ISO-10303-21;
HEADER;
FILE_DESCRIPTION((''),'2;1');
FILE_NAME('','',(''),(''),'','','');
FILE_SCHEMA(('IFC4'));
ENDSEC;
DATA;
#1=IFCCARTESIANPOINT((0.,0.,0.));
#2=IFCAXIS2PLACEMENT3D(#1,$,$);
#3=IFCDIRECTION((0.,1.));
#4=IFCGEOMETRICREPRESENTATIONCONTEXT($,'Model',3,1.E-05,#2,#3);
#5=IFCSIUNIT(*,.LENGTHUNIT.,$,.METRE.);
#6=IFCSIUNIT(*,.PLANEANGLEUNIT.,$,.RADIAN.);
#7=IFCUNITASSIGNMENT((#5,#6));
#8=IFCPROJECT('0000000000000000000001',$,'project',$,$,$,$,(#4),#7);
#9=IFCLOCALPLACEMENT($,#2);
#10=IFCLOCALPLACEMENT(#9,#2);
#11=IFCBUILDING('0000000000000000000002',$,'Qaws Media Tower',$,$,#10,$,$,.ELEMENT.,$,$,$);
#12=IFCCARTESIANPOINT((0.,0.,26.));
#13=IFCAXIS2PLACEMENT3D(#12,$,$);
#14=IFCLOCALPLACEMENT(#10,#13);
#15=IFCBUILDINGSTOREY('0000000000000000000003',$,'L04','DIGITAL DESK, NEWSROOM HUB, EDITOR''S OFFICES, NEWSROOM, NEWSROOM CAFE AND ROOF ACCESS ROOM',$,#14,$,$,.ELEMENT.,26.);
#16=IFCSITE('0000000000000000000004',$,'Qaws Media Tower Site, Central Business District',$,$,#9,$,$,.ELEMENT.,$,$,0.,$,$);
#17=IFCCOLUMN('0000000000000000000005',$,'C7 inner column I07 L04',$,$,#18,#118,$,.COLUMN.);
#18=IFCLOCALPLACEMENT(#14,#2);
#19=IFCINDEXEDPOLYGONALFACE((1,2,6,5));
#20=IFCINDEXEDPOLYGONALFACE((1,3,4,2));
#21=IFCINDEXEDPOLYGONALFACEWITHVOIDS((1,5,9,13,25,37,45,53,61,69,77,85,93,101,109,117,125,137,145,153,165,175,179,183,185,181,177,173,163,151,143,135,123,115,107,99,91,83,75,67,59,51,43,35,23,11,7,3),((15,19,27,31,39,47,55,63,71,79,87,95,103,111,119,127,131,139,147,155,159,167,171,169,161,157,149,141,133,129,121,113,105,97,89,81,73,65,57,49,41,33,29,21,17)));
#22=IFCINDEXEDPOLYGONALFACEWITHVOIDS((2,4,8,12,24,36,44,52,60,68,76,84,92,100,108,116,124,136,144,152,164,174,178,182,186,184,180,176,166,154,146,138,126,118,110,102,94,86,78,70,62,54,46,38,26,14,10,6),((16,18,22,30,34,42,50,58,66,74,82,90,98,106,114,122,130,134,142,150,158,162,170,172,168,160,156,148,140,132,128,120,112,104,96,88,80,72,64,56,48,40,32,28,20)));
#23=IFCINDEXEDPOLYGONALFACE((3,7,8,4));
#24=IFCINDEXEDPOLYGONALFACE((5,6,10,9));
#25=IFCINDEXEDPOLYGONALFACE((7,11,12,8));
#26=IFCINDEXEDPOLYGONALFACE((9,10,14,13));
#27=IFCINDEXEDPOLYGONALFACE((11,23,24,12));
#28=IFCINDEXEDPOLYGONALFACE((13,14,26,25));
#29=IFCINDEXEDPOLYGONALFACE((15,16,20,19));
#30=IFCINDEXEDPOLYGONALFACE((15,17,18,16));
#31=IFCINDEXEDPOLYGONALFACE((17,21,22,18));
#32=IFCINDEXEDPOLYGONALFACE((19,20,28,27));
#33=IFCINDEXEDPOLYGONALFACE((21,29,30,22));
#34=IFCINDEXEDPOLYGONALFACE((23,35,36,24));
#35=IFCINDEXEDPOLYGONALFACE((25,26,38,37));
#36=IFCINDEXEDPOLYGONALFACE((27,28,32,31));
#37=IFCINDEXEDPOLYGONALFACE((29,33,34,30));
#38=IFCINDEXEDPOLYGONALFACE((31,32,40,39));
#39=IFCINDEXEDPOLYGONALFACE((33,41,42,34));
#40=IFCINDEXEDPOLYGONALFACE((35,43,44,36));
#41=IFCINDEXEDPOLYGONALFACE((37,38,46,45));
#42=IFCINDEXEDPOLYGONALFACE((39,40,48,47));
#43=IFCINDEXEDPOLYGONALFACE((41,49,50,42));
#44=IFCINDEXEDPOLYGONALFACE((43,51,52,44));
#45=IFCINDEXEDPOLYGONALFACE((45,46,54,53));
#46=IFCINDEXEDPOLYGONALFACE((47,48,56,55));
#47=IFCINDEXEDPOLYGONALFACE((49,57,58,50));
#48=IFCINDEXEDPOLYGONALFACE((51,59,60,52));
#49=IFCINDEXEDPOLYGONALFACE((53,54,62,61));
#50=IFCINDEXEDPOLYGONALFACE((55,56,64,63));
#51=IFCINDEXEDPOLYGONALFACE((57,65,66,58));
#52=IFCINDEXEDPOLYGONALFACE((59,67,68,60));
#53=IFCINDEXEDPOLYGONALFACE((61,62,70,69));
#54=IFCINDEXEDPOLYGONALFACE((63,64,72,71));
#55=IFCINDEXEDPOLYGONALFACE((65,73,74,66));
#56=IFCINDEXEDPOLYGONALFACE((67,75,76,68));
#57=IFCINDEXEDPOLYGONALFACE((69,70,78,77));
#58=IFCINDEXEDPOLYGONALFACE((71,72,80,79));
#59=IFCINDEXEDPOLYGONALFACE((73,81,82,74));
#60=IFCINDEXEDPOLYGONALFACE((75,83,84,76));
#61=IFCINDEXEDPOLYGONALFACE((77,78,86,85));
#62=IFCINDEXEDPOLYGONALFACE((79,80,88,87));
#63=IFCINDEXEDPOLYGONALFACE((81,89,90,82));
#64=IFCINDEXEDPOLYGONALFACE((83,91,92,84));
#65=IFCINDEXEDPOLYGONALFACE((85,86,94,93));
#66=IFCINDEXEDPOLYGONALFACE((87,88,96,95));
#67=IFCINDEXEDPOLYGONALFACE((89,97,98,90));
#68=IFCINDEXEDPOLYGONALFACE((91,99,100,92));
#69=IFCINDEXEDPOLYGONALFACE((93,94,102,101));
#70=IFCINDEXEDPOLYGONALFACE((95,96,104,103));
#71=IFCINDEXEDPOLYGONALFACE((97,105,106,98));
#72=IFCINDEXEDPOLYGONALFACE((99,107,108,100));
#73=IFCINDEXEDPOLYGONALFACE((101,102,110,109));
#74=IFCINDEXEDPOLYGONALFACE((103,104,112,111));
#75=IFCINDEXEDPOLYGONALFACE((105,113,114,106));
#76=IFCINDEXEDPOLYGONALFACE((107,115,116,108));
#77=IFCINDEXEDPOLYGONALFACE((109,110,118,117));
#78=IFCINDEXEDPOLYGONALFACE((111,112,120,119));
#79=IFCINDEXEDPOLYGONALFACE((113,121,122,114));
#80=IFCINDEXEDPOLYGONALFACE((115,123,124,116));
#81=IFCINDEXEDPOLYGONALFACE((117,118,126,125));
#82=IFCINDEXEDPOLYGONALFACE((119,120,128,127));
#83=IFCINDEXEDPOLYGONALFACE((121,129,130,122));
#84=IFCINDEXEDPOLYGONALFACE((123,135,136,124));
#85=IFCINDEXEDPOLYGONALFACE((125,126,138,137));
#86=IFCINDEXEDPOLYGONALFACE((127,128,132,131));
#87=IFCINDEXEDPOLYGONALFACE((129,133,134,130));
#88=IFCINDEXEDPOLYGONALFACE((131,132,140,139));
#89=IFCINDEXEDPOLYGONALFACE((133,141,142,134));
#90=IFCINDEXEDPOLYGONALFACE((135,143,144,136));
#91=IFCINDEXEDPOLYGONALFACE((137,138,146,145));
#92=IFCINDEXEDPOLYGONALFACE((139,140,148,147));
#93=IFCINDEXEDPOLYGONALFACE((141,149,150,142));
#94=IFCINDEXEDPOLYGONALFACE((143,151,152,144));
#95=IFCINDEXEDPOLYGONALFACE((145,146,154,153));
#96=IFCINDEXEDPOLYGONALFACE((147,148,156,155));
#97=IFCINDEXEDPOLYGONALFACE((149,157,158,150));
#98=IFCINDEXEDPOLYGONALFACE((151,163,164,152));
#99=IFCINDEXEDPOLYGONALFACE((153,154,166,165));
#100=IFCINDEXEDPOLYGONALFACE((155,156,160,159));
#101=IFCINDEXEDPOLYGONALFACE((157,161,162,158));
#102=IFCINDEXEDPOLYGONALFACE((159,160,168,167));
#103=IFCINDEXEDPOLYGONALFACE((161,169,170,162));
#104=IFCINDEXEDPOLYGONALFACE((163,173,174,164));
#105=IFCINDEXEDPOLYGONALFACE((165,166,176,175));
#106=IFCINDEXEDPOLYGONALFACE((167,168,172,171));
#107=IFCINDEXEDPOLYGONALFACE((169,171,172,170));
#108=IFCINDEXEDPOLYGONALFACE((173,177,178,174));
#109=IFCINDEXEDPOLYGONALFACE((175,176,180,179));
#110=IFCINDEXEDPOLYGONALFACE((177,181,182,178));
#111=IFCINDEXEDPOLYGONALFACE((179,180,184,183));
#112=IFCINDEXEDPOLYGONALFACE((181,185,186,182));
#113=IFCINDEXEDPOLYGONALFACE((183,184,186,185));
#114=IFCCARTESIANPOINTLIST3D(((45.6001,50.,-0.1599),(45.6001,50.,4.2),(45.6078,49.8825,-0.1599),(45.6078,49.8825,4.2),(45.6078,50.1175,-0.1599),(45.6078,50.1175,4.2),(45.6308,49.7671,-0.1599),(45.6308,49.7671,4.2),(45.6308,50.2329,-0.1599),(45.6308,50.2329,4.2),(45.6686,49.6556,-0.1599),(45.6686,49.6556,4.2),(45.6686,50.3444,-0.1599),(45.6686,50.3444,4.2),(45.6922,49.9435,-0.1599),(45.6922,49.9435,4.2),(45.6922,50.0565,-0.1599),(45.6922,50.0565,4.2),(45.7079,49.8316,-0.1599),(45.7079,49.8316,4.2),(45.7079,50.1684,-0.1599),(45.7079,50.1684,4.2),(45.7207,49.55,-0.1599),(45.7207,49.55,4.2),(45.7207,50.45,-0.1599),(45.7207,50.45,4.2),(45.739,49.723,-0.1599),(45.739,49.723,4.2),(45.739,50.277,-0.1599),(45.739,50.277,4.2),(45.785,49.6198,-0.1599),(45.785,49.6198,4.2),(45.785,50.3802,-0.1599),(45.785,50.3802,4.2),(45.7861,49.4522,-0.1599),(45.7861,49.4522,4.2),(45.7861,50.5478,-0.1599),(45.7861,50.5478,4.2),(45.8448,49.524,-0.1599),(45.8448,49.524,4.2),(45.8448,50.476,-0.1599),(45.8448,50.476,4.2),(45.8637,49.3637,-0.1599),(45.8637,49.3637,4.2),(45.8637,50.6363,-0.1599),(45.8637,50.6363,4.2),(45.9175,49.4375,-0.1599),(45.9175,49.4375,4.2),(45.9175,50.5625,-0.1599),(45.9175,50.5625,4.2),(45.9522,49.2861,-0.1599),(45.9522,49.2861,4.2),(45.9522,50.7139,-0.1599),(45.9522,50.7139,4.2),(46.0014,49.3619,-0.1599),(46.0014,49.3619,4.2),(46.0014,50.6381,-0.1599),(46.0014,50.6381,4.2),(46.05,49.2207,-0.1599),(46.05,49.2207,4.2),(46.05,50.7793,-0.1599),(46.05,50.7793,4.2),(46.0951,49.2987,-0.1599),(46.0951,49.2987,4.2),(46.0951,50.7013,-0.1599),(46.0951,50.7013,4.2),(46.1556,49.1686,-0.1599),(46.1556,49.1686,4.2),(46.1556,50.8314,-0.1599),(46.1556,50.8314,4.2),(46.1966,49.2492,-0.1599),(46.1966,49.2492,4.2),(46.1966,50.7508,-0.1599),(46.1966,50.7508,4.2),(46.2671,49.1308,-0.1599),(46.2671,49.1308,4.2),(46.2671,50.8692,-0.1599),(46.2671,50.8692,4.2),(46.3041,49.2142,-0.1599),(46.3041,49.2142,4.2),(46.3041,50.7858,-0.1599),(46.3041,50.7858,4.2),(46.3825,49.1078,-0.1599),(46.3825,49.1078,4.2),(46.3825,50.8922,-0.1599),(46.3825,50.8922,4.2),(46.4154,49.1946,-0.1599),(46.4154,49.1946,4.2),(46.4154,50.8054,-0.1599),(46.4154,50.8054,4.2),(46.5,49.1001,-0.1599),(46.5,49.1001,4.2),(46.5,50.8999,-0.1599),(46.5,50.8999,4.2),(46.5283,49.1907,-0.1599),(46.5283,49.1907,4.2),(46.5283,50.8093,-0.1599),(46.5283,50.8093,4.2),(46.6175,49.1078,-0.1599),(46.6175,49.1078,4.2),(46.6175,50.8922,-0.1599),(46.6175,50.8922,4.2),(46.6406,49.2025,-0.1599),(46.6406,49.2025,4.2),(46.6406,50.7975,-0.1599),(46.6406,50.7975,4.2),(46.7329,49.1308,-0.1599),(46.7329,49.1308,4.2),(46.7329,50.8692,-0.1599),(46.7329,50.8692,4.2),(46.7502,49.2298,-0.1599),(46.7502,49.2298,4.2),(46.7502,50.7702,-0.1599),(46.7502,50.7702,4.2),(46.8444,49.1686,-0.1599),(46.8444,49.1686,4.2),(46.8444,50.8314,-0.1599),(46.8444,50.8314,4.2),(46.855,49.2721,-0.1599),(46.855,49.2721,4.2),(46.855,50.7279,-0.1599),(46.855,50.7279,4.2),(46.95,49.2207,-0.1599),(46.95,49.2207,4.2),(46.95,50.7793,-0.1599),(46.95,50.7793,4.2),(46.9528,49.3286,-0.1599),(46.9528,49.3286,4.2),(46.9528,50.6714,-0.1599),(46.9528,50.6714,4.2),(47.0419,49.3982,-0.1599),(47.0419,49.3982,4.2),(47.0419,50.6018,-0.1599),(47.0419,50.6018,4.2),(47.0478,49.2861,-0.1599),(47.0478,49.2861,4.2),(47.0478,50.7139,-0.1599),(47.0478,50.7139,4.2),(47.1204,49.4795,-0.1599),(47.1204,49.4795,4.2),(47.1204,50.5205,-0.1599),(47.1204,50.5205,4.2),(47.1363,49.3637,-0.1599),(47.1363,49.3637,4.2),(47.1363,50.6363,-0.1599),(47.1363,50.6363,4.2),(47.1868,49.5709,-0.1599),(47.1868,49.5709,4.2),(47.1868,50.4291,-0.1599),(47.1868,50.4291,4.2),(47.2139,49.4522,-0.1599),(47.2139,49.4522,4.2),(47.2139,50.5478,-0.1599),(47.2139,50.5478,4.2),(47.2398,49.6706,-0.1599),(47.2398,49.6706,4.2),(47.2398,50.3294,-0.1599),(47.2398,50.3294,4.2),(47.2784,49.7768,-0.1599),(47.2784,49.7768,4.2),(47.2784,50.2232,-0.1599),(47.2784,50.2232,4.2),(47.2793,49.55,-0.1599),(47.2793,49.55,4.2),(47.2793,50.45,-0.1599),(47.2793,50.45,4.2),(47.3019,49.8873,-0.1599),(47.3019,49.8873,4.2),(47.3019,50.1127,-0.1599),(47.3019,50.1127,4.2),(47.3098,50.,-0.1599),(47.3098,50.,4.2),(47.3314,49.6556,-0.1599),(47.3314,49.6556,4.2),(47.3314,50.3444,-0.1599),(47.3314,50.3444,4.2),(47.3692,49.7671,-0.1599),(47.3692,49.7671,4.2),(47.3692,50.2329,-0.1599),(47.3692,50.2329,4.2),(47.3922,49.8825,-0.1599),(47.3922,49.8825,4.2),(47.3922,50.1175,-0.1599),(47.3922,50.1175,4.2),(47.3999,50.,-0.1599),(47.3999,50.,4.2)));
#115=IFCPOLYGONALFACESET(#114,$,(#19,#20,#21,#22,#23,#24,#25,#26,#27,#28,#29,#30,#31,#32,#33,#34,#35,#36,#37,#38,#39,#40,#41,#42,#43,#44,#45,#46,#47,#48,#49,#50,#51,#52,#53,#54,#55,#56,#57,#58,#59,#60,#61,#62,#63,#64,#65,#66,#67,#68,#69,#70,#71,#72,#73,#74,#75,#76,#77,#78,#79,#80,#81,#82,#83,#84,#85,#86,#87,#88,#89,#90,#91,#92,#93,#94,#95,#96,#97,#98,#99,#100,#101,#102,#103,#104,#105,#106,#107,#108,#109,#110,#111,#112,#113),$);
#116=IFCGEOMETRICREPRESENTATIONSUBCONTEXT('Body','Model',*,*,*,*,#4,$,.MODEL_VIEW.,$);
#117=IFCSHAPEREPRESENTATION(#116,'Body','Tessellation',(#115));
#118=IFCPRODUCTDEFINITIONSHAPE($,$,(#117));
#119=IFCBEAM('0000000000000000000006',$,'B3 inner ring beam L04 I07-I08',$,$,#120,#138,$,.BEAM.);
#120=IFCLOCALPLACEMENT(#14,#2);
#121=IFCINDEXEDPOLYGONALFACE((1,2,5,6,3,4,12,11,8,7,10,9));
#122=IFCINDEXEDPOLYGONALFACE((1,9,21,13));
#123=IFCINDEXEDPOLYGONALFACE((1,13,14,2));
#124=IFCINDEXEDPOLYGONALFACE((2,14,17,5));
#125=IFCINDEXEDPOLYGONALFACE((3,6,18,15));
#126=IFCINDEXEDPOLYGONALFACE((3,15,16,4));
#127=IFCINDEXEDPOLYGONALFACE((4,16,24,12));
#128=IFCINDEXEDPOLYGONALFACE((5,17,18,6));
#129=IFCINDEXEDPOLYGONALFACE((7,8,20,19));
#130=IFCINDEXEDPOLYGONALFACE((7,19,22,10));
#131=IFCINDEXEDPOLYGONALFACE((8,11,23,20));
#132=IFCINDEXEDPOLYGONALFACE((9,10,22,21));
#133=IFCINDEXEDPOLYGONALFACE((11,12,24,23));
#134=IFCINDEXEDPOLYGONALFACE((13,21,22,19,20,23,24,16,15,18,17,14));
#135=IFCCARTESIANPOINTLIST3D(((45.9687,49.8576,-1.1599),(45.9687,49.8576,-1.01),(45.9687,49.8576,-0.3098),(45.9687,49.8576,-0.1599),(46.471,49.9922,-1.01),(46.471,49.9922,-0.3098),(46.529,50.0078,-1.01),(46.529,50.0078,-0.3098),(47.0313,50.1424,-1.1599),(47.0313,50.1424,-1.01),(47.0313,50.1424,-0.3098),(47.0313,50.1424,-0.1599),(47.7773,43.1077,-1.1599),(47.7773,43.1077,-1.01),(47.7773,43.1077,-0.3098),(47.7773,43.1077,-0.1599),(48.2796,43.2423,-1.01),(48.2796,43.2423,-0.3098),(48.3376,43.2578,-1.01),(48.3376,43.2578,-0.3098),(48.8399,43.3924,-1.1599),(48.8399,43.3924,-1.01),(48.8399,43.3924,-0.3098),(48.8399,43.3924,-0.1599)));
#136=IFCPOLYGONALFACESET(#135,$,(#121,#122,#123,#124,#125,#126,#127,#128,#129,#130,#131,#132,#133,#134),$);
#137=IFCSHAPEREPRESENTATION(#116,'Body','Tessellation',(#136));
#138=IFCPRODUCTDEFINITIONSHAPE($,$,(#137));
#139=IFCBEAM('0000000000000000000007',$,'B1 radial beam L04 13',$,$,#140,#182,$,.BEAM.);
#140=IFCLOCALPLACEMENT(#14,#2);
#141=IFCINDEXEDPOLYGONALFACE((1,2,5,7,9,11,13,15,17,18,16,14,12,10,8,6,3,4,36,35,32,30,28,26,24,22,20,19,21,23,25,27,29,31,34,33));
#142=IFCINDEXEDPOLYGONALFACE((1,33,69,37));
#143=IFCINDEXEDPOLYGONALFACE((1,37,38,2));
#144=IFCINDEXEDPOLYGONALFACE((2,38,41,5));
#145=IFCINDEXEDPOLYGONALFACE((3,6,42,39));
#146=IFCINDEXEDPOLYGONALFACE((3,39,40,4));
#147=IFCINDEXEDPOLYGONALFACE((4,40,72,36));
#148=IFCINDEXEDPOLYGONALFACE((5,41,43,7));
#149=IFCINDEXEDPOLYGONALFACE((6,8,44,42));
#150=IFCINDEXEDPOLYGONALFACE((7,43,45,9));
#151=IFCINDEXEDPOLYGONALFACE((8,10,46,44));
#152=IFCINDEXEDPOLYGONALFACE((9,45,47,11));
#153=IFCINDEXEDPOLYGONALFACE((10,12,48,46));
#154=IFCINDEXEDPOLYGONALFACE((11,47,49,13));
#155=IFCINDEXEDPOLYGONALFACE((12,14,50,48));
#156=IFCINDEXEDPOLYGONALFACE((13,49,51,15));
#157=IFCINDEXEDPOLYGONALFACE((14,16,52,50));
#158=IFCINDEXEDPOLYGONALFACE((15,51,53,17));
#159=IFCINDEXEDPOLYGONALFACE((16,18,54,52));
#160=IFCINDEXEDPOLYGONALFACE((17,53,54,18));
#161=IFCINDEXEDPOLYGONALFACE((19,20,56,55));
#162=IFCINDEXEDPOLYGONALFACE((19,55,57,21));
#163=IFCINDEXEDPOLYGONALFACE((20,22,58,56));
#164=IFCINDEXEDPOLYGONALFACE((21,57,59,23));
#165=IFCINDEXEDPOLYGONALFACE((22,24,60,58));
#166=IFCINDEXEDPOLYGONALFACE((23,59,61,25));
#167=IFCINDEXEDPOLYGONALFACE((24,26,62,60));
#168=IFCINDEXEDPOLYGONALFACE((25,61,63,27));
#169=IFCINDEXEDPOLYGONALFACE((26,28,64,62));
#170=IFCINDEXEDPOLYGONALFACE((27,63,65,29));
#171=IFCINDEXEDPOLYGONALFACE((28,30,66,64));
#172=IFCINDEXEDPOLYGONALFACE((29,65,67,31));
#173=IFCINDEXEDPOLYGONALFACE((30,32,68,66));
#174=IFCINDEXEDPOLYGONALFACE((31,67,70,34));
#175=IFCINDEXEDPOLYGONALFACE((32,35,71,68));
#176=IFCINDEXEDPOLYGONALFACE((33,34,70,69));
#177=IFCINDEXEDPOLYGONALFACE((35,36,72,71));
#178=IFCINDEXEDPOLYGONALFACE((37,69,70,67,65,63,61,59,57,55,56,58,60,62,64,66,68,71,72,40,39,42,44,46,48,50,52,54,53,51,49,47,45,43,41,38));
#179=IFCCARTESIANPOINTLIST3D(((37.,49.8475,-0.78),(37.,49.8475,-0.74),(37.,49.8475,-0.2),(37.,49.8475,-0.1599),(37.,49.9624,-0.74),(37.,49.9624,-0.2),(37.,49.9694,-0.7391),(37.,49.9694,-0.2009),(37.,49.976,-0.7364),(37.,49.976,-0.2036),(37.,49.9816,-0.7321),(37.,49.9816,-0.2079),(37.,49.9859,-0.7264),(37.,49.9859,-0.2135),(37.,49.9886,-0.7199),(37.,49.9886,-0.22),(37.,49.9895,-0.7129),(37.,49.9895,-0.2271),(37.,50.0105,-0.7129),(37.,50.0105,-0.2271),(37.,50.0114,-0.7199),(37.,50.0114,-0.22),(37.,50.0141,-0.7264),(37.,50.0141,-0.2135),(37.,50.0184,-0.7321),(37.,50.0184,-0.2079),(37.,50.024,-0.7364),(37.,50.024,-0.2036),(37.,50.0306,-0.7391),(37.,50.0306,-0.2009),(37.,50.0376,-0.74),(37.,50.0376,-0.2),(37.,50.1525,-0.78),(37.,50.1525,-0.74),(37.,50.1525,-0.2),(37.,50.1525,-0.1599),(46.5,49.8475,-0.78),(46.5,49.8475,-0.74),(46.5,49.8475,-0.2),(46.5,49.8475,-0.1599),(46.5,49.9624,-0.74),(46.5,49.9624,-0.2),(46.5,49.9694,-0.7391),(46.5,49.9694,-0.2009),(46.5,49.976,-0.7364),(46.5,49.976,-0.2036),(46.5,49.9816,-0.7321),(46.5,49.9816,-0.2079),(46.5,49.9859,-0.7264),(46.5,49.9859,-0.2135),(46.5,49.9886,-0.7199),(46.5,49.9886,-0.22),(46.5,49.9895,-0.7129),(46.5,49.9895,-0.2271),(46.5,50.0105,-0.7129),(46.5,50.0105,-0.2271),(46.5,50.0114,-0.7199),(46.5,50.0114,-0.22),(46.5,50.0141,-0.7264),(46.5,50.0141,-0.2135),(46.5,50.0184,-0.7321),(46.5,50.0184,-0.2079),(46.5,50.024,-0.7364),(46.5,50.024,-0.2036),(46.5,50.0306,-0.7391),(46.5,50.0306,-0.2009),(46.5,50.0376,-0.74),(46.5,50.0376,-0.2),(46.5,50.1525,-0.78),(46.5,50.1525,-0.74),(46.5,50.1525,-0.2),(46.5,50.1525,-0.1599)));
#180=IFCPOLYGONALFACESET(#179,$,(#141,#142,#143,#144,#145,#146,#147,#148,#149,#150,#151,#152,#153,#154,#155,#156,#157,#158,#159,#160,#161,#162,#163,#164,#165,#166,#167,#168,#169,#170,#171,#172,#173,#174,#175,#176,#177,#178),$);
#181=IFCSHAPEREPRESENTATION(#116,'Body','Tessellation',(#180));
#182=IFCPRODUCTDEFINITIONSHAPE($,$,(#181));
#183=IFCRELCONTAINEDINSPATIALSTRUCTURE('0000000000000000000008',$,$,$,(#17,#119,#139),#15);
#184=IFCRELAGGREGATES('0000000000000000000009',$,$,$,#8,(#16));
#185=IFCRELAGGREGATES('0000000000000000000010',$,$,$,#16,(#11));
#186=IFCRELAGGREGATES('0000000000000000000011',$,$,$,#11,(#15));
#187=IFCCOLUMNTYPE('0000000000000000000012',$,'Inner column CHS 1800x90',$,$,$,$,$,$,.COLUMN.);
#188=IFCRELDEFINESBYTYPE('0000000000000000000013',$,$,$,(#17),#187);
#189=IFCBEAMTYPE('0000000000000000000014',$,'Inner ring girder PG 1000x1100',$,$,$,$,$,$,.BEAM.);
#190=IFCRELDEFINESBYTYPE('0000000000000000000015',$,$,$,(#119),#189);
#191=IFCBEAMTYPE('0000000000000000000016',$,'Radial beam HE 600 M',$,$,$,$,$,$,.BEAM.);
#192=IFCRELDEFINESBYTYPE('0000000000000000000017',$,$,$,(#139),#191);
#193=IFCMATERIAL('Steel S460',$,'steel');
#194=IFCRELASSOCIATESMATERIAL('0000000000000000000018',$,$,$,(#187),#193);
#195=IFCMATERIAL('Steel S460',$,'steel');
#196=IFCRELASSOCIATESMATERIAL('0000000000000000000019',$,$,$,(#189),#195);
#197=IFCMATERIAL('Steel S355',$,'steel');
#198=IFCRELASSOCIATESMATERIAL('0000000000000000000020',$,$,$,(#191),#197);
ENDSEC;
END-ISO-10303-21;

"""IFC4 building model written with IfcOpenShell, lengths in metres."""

from ifc_helpers import new_model, si_unit, direction, frame, origin, origin_2d, place, context, subcontext, project, spatial, hollow_circle, i_section, extrude, material, material_profile, profile_set, type_object, element, save


model = new_model("IFC4")

# Units and contexts
model_context = context("Model", 3, precision=1e-05, world=origin(), true_north=direction((0.0, 1.0)))
body_context = subcontext(model_context, "Body", "Model", "MODEL_VIEW")
ifc_project = project(units=[si_unit("LENGTHUNIT", "METRE"), si_unit("PLANEANGLEUNIT", "RADIAN")], contexts=[model_context])

# Site, building, storey
site_placement = place(None, origin())
site = spatial("IfcSite", under=ifc_project, at=site_placement, Name="Qaws Media Tower Site, Central Business District", CompositionType="ELEMENT", RefElevation=0.0)
building_placement = place(site_placement, origin())
building = spatial("IfcBuilding", under=site, at=building_placement, Name="Qaws Media Tower", CompositionType="ELEMENT")
storey_placement = place(building_placement, frame((0.0, 0.0, 26.0)))
storey = spatial("IfcBuildingStorey", under=building, at=storey_placement, Name="L04", Description="DIGITAL DESK, NEWSROOM HUB, EDITOR'S OFFICES, NEWSROOM, NEWSROOM CAFE AND ROOF ACCESS ROOM", CompositionType="ELEMENT", Elevation=26.0)

# Column
ifc_material_1 = material(Name="Steel S460", Category="steel")
ifc_material_profile_1 = material_profile(ifc_material_1, hollow_circle(Radius=0.8999, WallThickness=0.0901, at=origin_2d()), Name="CHS 1800x90")
ifc_profile_set_1 = profile_set([ifc_material_profile_1], Name="Steel S460")
column_type = type_object("IfcColumnType", Name="Inner column CHS 1800x90", PredefinedType="COLUMN", material=ifc_profile_set_1)
column_placement = place(storey_placement, frame((46.5, 50.0, -0.1599), z_axis=(0.0, 0.0, 1.0), x_axis=(1.0, 0.0, 0.0)))
element("IfcColumn", 1, at=column_placement, inside=storey, type_object=column_type, Name="C7 inner column I07 L04", PredefinedType="COLUMN", context=body_context, shape_type="SweptSolid", body=[
    extrude(hollow_circle(Radius=0.8999, WallThickness=0.0901, at=origin_2d()), origin(), (0.0, 0.0, 1.0), 4.3599),
])

# Beams
ifc_material_2 = material(Name="Steel S460", Category="steel")
ifc_material_profile_2 = material_profile(ifc_material_2, i_section(OverallWidth=1.1001, OverallDepth=1.0, WebThickness=0.0601, FlangeThickness=0.1499, at=origin_2d()), Name="PG 1000x1100")
ifc_profile_set_2 = profile_set([ifc_material_profile_2], Name="Steel S460")
beam_type_1 = type_object("IfcBeamType", Name="Inner ring girder PG 1000x1100", PredefinedType="BEAM", material=ifc_profile_set_2)
beam_1_placement = place(storey_placement, frame((46.5, 50.0, -0.6599), z_axis=(0.258811, -0.965928, 0.0), x_axis=(0.965928, 0.258811, 0.0)))
element("IfcBeam", 2, at=beam_1_placement, inside=storey, type_object=beam_type_1, Name="B3 inner ring beam L04 I07-I08", PredefinedType="BEAM", context=body_context, shape_type="SweptSolid", body=[
    extrude(i_section(OverallWidth=1.1001, OverallDepth=1.0, WebThickness=0.0601, FlangeThickness=0.1499, at=origin_2d()), origin(), (0.0, 0.0, 1.0), 6.988),
])
ifc_material_3 = material(Name="Steel S355", Category="steel")
ifc_material_profile_3 = material_profile(ifc_material_3, i_section(OverallWidth=0.3049, OverallDepth=0.6201, WebThickness=0.021, FlangeThickness=0.04, FilletRadius=0.0271, at=origin_2d()), Name="HE 600 M")
ifc_profile_set_3 = profile_set([ifc_material_profile_3], Name="Steel S355")
beam_type_2 = type_object("IfcBeamType", Name="Radial beam HE 600 M", PredefinedType="BEAM", material=ifc_profile_set_3)
beam_2_placement = place(storey_placement, frame((46.5, 50.0, -0.47), z_axis=(-1.0, 0.0, 0.0), x_axis=(0.0, -1.0, 0.0)))
element("IfcBeam", 3, at=beam_2_placement, inside=storey, type_object=beam_type_2, Name="B1 radial beam L04 13", PredefinedType="BEAM", context=body_context, shape_type="SweptSolid", body=[
    extrude(i_section(OverallWidth=0.3049, OverallDepth=0.6201, WebThickness=0.021, FlangeThickness=0.04, FilletRadius=0.0271, at=origin_2d()), origin(), (0.0, 0.0, 1.0), 9.5),
])

save(model, "model.ifc")
